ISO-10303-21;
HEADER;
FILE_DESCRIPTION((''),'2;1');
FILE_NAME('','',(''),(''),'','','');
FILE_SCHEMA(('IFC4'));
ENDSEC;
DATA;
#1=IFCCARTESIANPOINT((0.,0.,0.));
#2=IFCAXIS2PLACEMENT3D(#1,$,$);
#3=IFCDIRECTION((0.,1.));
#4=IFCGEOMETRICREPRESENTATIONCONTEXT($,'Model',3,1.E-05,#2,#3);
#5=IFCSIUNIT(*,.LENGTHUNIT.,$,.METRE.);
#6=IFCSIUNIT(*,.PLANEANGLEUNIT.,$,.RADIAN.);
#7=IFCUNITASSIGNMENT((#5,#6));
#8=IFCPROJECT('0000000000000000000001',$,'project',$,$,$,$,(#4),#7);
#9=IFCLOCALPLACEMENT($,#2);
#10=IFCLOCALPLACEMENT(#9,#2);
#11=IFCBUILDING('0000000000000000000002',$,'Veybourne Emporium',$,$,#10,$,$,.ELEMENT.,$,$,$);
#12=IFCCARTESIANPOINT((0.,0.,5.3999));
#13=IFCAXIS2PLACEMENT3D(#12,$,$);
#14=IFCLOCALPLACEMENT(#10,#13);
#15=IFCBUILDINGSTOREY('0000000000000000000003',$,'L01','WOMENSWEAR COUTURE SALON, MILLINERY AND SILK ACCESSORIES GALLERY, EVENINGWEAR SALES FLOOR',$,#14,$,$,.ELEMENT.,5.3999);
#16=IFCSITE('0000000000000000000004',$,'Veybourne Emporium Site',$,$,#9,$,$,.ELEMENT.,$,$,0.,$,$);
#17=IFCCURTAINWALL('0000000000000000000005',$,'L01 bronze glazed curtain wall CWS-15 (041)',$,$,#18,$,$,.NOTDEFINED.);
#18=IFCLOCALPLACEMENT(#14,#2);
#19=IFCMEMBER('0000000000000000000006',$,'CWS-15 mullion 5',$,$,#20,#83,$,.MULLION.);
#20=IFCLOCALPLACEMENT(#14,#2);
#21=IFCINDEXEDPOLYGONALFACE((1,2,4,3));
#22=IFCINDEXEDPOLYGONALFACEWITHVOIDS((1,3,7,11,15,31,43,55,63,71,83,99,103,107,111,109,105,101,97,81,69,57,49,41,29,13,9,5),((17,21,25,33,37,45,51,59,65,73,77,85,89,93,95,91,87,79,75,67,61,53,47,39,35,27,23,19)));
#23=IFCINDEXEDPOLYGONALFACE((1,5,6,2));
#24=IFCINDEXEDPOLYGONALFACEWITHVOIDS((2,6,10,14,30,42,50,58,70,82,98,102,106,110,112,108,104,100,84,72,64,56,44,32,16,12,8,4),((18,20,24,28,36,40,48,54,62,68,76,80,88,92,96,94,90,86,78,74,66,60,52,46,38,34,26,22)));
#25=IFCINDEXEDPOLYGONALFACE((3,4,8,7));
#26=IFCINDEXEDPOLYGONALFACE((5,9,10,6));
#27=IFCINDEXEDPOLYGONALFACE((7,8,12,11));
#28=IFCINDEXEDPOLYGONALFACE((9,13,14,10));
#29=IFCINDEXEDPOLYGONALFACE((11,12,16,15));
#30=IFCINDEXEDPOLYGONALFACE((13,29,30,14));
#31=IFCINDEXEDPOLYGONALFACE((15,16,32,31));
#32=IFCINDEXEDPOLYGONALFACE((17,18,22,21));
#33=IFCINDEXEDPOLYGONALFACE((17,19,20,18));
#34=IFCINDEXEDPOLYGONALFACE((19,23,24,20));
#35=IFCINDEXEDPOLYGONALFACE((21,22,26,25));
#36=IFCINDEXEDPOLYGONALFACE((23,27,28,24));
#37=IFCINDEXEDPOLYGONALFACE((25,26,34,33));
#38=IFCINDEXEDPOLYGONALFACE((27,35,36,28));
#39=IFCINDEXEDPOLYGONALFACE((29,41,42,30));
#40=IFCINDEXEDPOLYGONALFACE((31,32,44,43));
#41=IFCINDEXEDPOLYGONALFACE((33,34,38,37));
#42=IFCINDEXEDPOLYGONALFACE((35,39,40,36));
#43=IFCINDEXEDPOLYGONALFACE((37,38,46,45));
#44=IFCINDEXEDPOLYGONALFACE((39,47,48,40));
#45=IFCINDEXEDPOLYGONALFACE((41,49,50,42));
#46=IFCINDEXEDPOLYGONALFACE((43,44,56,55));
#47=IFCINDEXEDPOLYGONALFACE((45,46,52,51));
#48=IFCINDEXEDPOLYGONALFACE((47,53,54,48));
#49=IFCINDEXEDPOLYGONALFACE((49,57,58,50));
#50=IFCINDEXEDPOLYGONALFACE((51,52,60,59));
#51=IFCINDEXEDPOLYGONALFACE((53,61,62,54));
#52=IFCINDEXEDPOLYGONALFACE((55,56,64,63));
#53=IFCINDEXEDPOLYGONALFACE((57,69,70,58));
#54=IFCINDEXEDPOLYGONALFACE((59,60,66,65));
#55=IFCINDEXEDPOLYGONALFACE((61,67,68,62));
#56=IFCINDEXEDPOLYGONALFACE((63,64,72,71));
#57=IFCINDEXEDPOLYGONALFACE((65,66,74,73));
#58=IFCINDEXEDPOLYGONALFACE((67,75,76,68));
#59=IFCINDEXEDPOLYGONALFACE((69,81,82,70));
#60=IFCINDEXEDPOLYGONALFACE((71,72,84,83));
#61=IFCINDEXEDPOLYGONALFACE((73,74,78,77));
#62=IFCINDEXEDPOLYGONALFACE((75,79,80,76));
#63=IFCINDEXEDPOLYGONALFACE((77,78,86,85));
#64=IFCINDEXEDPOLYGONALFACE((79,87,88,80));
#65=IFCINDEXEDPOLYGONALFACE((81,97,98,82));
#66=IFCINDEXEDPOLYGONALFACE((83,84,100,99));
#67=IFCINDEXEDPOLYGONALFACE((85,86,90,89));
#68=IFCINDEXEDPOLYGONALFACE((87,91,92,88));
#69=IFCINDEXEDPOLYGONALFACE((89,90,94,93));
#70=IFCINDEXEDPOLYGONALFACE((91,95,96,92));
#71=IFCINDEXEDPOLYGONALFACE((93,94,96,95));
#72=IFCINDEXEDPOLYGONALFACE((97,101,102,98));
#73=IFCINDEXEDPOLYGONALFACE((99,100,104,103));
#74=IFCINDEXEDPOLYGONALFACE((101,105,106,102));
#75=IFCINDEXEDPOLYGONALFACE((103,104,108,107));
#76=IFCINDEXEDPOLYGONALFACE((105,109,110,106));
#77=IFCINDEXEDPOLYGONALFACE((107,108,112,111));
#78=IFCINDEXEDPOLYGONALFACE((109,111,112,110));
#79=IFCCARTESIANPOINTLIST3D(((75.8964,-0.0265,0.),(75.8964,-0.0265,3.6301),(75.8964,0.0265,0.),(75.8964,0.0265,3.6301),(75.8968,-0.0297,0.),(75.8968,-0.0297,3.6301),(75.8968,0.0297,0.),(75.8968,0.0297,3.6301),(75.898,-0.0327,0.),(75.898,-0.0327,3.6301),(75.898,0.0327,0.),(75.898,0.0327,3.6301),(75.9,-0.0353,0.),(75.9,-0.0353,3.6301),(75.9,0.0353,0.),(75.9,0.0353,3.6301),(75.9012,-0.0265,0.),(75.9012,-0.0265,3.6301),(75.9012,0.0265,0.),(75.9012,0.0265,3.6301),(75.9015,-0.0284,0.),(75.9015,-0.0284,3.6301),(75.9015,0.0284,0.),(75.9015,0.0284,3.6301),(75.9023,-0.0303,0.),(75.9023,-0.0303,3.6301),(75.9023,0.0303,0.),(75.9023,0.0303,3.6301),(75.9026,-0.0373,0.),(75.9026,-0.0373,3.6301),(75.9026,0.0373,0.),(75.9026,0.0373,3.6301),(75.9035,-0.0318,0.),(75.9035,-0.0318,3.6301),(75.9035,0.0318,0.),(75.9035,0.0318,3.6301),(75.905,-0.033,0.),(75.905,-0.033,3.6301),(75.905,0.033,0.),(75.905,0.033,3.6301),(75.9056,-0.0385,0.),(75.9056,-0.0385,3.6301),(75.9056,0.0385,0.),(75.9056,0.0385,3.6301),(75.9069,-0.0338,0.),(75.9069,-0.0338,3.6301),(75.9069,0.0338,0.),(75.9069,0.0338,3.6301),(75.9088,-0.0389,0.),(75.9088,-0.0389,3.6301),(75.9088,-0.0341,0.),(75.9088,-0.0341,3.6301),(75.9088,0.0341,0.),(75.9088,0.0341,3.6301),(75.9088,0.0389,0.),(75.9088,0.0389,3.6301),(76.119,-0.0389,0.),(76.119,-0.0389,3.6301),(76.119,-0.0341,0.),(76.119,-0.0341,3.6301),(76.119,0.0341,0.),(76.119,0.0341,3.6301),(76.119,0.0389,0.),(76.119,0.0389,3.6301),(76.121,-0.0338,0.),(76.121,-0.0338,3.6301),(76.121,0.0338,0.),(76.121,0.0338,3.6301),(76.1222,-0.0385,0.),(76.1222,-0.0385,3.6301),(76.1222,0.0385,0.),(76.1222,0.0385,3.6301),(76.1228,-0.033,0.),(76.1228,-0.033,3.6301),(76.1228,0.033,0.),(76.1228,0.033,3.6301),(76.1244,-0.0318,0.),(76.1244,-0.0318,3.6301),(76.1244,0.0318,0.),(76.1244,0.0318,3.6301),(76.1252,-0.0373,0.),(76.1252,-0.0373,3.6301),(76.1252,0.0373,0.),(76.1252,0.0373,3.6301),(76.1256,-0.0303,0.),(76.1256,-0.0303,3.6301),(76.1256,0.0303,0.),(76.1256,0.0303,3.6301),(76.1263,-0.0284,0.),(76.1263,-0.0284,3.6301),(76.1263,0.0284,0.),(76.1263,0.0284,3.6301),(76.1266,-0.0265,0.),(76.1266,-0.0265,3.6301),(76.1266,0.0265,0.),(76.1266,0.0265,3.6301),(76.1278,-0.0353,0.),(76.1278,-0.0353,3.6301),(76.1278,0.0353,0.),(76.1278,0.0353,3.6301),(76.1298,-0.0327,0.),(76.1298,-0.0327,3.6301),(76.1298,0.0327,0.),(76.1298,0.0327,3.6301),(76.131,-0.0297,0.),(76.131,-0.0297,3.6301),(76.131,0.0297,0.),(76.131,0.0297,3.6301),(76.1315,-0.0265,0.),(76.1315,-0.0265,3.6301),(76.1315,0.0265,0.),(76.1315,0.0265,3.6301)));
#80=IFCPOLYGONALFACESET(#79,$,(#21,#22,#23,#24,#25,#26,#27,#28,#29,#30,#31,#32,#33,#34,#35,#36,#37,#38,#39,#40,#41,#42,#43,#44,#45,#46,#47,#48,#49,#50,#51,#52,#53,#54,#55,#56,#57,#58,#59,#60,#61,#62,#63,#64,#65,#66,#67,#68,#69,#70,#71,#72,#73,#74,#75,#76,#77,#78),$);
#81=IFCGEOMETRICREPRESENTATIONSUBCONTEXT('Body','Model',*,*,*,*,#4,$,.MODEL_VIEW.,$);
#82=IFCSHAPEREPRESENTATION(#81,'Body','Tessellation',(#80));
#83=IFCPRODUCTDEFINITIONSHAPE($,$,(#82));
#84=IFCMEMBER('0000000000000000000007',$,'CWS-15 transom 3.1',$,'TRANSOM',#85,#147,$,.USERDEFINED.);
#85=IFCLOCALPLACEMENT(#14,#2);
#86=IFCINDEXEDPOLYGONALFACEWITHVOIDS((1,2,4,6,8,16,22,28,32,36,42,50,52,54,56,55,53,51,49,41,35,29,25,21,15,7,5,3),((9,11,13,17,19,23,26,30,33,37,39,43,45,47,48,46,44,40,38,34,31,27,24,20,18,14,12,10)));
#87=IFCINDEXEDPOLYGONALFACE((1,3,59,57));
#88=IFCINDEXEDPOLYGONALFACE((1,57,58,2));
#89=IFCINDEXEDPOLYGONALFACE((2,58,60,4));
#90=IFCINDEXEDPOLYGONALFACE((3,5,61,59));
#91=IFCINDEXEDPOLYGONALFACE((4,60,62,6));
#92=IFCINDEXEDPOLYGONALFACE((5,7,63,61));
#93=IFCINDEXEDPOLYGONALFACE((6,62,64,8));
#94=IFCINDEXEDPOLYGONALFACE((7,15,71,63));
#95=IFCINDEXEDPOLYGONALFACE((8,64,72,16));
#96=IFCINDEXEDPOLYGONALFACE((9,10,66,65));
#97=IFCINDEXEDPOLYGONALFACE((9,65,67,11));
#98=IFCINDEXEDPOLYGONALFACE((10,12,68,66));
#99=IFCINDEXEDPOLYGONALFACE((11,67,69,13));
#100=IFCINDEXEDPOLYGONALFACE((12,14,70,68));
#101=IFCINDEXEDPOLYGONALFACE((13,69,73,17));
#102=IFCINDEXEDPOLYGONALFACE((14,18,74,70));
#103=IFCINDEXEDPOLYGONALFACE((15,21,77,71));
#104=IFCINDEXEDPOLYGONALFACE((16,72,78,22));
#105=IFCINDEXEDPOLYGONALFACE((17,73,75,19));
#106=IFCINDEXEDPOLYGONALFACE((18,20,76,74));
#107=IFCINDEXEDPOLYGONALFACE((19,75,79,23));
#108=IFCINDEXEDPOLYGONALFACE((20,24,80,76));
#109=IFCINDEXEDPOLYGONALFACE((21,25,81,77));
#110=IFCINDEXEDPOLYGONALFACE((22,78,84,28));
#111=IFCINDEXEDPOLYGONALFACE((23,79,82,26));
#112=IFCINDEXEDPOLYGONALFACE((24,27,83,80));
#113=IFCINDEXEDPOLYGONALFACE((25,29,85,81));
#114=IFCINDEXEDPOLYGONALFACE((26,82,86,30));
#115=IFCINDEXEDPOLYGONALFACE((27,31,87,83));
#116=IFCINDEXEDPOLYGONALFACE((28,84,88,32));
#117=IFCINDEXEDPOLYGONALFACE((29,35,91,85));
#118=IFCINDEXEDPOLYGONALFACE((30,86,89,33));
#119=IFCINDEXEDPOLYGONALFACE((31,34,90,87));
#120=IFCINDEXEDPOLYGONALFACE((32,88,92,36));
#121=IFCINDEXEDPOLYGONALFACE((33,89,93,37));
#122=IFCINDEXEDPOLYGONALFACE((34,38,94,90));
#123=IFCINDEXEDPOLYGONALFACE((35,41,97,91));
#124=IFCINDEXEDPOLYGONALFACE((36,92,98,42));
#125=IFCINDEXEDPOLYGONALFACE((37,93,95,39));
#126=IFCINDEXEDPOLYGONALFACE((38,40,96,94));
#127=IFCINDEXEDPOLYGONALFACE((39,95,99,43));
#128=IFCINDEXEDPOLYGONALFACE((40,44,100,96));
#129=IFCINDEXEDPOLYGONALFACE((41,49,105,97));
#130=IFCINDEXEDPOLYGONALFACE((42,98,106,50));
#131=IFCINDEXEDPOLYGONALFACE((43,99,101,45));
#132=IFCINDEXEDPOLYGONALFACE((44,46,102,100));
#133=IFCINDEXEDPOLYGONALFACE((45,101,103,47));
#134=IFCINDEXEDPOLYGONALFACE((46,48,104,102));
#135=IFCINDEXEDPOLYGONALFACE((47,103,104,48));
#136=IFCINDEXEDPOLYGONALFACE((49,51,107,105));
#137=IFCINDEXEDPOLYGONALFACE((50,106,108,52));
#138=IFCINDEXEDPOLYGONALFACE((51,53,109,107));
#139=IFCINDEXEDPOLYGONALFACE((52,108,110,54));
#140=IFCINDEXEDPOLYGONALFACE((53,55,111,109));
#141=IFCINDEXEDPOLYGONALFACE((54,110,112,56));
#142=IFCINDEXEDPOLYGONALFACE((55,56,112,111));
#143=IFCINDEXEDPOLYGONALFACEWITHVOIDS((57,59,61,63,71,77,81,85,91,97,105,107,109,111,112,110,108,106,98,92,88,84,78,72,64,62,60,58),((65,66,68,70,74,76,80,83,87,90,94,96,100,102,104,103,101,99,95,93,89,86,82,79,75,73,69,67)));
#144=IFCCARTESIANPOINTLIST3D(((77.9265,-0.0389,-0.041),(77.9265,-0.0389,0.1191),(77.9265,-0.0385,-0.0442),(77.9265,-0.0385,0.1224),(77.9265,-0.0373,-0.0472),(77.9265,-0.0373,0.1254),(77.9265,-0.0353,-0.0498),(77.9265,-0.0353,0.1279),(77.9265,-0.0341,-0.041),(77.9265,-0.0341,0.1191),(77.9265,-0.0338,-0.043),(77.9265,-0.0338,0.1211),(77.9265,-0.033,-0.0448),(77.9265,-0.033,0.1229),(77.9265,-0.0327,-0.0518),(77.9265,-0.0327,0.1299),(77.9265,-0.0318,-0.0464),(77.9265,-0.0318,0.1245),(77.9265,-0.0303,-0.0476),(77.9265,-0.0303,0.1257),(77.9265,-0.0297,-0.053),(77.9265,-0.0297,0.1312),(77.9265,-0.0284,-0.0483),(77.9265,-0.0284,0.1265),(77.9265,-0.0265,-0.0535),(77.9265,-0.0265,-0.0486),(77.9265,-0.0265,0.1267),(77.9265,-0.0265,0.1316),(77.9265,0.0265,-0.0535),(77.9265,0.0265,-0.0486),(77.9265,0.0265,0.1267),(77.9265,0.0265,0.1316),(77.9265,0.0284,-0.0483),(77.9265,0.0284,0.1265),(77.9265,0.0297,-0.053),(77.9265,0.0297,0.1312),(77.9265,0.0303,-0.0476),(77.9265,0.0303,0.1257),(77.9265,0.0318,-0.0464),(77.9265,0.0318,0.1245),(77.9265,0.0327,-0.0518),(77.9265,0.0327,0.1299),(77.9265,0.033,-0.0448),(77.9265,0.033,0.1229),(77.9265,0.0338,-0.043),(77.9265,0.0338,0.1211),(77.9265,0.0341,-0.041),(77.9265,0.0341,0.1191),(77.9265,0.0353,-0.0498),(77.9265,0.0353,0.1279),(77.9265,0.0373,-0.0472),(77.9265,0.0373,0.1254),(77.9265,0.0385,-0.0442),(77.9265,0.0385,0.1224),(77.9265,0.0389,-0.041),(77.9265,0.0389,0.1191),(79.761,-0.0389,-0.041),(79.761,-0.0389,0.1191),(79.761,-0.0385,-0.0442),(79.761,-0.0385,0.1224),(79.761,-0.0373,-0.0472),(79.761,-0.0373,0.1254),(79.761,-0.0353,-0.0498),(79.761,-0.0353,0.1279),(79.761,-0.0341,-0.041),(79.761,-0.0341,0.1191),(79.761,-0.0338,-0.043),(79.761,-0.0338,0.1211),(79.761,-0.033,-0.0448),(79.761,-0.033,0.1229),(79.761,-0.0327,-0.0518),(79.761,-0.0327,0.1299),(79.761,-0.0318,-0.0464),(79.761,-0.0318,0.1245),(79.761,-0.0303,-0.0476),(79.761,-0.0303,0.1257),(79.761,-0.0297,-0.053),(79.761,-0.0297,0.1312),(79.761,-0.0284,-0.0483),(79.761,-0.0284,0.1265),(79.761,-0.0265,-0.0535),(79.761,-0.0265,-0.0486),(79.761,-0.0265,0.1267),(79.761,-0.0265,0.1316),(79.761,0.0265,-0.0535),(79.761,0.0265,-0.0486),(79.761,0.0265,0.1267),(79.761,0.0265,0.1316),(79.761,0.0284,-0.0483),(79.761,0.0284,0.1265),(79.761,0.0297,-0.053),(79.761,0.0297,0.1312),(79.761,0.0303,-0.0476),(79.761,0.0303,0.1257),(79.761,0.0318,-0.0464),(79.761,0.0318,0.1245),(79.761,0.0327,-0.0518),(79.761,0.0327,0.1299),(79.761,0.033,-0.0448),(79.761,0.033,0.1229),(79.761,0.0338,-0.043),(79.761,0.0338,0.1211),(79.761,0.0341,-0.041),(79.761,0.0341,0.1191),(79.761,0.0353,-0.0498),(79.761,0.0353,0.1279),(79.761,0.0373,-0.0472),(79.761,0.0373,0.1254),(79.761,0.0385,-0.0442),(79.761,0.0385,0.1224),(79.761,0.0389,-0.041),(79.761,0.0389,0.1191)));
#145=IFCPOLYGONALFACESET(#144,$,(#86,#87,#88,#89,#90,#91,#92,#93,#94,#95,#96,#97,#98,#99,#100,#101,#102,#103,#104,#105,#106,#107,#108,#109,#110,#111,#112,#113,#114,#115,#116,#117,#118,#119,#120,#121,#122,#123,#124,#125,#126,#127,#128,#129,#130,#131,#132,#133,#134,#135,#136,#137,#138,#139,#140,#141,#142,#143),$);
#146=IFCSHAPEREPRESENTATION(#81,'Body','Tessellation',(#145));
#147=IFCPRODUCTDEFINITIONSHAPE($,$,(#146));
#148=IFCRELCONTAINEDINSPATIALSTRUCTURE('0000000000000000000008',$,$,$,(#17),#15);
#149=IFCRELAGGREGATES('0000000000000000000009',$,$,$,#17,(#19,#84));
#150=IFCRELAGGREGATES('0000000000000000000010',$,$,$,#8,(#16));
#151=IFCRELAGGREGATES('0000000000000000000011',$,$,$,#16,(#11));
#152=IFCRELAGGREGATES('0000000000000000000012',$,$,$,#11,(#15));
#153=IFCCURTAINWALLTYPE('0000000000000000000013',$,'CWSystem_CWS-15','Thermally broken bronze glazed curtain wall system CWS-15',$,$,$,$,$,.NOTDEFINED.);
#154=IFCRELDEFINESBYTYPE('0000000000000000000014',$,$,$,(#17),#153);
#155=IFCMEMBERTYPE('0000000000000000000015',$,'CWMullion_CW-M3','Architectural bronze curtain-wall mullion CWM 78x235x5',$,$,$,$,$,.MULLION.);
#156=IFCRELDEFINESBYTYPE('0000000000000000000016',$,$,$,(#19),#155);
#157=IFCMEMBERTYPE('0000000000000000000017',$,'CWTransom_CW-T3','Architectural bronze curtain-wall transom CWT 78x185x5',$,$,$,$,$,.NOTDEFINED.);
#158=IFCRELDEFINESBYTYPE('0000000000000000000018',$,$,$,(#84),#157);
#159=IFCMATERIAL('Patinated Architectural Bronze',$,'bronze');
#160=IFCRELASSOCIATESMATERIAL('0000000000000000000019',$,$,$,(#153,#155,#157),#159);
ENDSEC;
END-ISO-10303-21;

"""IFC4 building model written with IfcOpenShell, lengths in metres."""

from ifc_helpers import new_model, si_unit, direction, frame, origin, origin_2d, place, context, subcontext, project, spatial, hollow_rectangle, extrude, material, material_profile, profile_set, type_object, element, aggregate, save


model = new_model("IFC4")

# Units and contexts
model_context = context("Model", 3, precision=1e-05, world=origin(), true_north=direction((0.0, 1.0)))
body_context = subcontext(model_context, "Body", "Model", "MODEL_VIEW")
ifc_project = project(units=[si_unit("LENGTHUNIT", "METRE"), si_unit("PLANEANGLEUNIT", "RADIAN")], contexts=[model_context])

# Site, building, storey
site_placement = place(None, origin())
site = spatial("IfcSite", under=ifc_project, at=site_placement, Name="Veybourne Emporium Site", CompositionType="ELEMENT", RefElevation=0.0)
building_placement = place(site_placement, origin())
building = spatial("IfcBuilding", under=site, at=building_placement, Name="Veybourne Emporium", CompositionType="ELEMENT")
storey_placement = place(building_placement, frame((0.0, 0.0, 5.3999)))
storey = spatial("IfcBuildingStorey", under=building, at=storey_placement, Name="L01", Description="WOMENSWEAR COUTURE SALON, MILLINERY AND SILK ACCESSORIES GALLERY, EVENINGWEAR SALES FLOOR", CompositionType="ELEMENT", Elevation=5.3999)

# Curtain wall, members
ifc_material_1 = material(Name="Patinated Architectural Bronze", Category="bronze")
curtain_wall_type = type_object("IfcCurtainWallType", Name="CWSystem_CWS-15", Description="Thermally broken bronze glazed curtain wall system CWS-15", PredefinedType="NOTDEFINED", material=ifc_material_1)
curtain_wall_placement = place(storey_placement, origin())
curtain_wall = element("IfcCurtainWall", 1, at=curtain_wall_placement, inside=storey, type_object=curtain_wall_type, Name="L01 bronze glazed curtain wall CWS-15 (041)", PredefinedType="NOTDEFINED")
ifc_material_profile_1 = material_profile(ifc_material_1, hollow_rectangle(XDim=0.0779, YDim=0.2351, WallThickness=0.0049, InnerFilletRadius=0.0076, OuterFilletRadius=0.0125, at=origin_2d()), Name="CWM 78x235x5")
ifc_profile_set_1 = profile_set([ifc_material_profile_1], Name="Patinated Architectural Bronze")
member_type_1 = type_object("IfcMemberType", Name="CWMullion_CW-M3", Description="Architectural bronze curtain-wall mullion CWM 78x235x5", PredefinedType="MULLION", material=ifc_profile_set_1)
member_1_placement = place(storey_placement, frame((76.0139, 0.0, 0.0), z_axis=(0.0, 0.0, 1.0), x_axis=(0.0, -1.0, 0.0)))
member_1 = element("IfcMember", 2, at=member_1_placement, type_object=member_type_1, Name="CWS-15 mullion 5", PredefinedType="MULLION", context=body_context, shape_type="SweptSolid", body=[
    extrude(hollow_rectangle(XDim=0.0779, YDim=0.2351, WallThickness=0.0049, InnerFilletRadius=0.0076, OuterFilletRadius=0.0125, at=origin_2d()), origin(), (0.0, 0.0, 1.0), 3.6301),
])
ifc_material_profile_2 = material_profile(ifc_material_1, hollow_rectangle(XDim=0.0779, YDim=0.1851, WallThickness=0.0049, InnerFilletRadius=0.0076, OuterFilletRadius=0.0125, at=origin_2d()), Name="CWT 78x185x5")
ifc_profile_set_2 = profile_set([ifc_material_profile_2], Name="Patinated Architectural Bronze")
member_type_2 = type_object("IfcMemberType", Name="CWTransom_CW-T3", Description="Architectural bronze curtain-wall transom CWT 78x185x5", PredefinedType="NOTDEFINED", material=ifc_profile_set_2)
member_2_placement = place(storey_placement, frame((79.761, 0.0, 0.0391), z_axis=(-1.0, 0.0, 0.0), x_axis=(0.0, -1.0, 0.0)))
member_2 = element("IfcMember", 3, at=member_2_placement, type_object=member_type_2, Name="CWS-15 transom 3.1", ObjectType="TRANSOM", PredefinedType="USERDEFINED", context=body_context, shape_type="SweptSolid", body=[
    extrude(hollow_rectangle(XDim=0.0779, YDim=0.1851, WallThickness=0.0049, InnerFilletRadius=0.0076, OuterFilletRadius=0.0125, at=origin_2d()), origin(), (0.0, 0.0, 1.0), 1.8345),
])

aggregate(curtain_wall, [member_1, member_2])

save(model, "model.ifc")
